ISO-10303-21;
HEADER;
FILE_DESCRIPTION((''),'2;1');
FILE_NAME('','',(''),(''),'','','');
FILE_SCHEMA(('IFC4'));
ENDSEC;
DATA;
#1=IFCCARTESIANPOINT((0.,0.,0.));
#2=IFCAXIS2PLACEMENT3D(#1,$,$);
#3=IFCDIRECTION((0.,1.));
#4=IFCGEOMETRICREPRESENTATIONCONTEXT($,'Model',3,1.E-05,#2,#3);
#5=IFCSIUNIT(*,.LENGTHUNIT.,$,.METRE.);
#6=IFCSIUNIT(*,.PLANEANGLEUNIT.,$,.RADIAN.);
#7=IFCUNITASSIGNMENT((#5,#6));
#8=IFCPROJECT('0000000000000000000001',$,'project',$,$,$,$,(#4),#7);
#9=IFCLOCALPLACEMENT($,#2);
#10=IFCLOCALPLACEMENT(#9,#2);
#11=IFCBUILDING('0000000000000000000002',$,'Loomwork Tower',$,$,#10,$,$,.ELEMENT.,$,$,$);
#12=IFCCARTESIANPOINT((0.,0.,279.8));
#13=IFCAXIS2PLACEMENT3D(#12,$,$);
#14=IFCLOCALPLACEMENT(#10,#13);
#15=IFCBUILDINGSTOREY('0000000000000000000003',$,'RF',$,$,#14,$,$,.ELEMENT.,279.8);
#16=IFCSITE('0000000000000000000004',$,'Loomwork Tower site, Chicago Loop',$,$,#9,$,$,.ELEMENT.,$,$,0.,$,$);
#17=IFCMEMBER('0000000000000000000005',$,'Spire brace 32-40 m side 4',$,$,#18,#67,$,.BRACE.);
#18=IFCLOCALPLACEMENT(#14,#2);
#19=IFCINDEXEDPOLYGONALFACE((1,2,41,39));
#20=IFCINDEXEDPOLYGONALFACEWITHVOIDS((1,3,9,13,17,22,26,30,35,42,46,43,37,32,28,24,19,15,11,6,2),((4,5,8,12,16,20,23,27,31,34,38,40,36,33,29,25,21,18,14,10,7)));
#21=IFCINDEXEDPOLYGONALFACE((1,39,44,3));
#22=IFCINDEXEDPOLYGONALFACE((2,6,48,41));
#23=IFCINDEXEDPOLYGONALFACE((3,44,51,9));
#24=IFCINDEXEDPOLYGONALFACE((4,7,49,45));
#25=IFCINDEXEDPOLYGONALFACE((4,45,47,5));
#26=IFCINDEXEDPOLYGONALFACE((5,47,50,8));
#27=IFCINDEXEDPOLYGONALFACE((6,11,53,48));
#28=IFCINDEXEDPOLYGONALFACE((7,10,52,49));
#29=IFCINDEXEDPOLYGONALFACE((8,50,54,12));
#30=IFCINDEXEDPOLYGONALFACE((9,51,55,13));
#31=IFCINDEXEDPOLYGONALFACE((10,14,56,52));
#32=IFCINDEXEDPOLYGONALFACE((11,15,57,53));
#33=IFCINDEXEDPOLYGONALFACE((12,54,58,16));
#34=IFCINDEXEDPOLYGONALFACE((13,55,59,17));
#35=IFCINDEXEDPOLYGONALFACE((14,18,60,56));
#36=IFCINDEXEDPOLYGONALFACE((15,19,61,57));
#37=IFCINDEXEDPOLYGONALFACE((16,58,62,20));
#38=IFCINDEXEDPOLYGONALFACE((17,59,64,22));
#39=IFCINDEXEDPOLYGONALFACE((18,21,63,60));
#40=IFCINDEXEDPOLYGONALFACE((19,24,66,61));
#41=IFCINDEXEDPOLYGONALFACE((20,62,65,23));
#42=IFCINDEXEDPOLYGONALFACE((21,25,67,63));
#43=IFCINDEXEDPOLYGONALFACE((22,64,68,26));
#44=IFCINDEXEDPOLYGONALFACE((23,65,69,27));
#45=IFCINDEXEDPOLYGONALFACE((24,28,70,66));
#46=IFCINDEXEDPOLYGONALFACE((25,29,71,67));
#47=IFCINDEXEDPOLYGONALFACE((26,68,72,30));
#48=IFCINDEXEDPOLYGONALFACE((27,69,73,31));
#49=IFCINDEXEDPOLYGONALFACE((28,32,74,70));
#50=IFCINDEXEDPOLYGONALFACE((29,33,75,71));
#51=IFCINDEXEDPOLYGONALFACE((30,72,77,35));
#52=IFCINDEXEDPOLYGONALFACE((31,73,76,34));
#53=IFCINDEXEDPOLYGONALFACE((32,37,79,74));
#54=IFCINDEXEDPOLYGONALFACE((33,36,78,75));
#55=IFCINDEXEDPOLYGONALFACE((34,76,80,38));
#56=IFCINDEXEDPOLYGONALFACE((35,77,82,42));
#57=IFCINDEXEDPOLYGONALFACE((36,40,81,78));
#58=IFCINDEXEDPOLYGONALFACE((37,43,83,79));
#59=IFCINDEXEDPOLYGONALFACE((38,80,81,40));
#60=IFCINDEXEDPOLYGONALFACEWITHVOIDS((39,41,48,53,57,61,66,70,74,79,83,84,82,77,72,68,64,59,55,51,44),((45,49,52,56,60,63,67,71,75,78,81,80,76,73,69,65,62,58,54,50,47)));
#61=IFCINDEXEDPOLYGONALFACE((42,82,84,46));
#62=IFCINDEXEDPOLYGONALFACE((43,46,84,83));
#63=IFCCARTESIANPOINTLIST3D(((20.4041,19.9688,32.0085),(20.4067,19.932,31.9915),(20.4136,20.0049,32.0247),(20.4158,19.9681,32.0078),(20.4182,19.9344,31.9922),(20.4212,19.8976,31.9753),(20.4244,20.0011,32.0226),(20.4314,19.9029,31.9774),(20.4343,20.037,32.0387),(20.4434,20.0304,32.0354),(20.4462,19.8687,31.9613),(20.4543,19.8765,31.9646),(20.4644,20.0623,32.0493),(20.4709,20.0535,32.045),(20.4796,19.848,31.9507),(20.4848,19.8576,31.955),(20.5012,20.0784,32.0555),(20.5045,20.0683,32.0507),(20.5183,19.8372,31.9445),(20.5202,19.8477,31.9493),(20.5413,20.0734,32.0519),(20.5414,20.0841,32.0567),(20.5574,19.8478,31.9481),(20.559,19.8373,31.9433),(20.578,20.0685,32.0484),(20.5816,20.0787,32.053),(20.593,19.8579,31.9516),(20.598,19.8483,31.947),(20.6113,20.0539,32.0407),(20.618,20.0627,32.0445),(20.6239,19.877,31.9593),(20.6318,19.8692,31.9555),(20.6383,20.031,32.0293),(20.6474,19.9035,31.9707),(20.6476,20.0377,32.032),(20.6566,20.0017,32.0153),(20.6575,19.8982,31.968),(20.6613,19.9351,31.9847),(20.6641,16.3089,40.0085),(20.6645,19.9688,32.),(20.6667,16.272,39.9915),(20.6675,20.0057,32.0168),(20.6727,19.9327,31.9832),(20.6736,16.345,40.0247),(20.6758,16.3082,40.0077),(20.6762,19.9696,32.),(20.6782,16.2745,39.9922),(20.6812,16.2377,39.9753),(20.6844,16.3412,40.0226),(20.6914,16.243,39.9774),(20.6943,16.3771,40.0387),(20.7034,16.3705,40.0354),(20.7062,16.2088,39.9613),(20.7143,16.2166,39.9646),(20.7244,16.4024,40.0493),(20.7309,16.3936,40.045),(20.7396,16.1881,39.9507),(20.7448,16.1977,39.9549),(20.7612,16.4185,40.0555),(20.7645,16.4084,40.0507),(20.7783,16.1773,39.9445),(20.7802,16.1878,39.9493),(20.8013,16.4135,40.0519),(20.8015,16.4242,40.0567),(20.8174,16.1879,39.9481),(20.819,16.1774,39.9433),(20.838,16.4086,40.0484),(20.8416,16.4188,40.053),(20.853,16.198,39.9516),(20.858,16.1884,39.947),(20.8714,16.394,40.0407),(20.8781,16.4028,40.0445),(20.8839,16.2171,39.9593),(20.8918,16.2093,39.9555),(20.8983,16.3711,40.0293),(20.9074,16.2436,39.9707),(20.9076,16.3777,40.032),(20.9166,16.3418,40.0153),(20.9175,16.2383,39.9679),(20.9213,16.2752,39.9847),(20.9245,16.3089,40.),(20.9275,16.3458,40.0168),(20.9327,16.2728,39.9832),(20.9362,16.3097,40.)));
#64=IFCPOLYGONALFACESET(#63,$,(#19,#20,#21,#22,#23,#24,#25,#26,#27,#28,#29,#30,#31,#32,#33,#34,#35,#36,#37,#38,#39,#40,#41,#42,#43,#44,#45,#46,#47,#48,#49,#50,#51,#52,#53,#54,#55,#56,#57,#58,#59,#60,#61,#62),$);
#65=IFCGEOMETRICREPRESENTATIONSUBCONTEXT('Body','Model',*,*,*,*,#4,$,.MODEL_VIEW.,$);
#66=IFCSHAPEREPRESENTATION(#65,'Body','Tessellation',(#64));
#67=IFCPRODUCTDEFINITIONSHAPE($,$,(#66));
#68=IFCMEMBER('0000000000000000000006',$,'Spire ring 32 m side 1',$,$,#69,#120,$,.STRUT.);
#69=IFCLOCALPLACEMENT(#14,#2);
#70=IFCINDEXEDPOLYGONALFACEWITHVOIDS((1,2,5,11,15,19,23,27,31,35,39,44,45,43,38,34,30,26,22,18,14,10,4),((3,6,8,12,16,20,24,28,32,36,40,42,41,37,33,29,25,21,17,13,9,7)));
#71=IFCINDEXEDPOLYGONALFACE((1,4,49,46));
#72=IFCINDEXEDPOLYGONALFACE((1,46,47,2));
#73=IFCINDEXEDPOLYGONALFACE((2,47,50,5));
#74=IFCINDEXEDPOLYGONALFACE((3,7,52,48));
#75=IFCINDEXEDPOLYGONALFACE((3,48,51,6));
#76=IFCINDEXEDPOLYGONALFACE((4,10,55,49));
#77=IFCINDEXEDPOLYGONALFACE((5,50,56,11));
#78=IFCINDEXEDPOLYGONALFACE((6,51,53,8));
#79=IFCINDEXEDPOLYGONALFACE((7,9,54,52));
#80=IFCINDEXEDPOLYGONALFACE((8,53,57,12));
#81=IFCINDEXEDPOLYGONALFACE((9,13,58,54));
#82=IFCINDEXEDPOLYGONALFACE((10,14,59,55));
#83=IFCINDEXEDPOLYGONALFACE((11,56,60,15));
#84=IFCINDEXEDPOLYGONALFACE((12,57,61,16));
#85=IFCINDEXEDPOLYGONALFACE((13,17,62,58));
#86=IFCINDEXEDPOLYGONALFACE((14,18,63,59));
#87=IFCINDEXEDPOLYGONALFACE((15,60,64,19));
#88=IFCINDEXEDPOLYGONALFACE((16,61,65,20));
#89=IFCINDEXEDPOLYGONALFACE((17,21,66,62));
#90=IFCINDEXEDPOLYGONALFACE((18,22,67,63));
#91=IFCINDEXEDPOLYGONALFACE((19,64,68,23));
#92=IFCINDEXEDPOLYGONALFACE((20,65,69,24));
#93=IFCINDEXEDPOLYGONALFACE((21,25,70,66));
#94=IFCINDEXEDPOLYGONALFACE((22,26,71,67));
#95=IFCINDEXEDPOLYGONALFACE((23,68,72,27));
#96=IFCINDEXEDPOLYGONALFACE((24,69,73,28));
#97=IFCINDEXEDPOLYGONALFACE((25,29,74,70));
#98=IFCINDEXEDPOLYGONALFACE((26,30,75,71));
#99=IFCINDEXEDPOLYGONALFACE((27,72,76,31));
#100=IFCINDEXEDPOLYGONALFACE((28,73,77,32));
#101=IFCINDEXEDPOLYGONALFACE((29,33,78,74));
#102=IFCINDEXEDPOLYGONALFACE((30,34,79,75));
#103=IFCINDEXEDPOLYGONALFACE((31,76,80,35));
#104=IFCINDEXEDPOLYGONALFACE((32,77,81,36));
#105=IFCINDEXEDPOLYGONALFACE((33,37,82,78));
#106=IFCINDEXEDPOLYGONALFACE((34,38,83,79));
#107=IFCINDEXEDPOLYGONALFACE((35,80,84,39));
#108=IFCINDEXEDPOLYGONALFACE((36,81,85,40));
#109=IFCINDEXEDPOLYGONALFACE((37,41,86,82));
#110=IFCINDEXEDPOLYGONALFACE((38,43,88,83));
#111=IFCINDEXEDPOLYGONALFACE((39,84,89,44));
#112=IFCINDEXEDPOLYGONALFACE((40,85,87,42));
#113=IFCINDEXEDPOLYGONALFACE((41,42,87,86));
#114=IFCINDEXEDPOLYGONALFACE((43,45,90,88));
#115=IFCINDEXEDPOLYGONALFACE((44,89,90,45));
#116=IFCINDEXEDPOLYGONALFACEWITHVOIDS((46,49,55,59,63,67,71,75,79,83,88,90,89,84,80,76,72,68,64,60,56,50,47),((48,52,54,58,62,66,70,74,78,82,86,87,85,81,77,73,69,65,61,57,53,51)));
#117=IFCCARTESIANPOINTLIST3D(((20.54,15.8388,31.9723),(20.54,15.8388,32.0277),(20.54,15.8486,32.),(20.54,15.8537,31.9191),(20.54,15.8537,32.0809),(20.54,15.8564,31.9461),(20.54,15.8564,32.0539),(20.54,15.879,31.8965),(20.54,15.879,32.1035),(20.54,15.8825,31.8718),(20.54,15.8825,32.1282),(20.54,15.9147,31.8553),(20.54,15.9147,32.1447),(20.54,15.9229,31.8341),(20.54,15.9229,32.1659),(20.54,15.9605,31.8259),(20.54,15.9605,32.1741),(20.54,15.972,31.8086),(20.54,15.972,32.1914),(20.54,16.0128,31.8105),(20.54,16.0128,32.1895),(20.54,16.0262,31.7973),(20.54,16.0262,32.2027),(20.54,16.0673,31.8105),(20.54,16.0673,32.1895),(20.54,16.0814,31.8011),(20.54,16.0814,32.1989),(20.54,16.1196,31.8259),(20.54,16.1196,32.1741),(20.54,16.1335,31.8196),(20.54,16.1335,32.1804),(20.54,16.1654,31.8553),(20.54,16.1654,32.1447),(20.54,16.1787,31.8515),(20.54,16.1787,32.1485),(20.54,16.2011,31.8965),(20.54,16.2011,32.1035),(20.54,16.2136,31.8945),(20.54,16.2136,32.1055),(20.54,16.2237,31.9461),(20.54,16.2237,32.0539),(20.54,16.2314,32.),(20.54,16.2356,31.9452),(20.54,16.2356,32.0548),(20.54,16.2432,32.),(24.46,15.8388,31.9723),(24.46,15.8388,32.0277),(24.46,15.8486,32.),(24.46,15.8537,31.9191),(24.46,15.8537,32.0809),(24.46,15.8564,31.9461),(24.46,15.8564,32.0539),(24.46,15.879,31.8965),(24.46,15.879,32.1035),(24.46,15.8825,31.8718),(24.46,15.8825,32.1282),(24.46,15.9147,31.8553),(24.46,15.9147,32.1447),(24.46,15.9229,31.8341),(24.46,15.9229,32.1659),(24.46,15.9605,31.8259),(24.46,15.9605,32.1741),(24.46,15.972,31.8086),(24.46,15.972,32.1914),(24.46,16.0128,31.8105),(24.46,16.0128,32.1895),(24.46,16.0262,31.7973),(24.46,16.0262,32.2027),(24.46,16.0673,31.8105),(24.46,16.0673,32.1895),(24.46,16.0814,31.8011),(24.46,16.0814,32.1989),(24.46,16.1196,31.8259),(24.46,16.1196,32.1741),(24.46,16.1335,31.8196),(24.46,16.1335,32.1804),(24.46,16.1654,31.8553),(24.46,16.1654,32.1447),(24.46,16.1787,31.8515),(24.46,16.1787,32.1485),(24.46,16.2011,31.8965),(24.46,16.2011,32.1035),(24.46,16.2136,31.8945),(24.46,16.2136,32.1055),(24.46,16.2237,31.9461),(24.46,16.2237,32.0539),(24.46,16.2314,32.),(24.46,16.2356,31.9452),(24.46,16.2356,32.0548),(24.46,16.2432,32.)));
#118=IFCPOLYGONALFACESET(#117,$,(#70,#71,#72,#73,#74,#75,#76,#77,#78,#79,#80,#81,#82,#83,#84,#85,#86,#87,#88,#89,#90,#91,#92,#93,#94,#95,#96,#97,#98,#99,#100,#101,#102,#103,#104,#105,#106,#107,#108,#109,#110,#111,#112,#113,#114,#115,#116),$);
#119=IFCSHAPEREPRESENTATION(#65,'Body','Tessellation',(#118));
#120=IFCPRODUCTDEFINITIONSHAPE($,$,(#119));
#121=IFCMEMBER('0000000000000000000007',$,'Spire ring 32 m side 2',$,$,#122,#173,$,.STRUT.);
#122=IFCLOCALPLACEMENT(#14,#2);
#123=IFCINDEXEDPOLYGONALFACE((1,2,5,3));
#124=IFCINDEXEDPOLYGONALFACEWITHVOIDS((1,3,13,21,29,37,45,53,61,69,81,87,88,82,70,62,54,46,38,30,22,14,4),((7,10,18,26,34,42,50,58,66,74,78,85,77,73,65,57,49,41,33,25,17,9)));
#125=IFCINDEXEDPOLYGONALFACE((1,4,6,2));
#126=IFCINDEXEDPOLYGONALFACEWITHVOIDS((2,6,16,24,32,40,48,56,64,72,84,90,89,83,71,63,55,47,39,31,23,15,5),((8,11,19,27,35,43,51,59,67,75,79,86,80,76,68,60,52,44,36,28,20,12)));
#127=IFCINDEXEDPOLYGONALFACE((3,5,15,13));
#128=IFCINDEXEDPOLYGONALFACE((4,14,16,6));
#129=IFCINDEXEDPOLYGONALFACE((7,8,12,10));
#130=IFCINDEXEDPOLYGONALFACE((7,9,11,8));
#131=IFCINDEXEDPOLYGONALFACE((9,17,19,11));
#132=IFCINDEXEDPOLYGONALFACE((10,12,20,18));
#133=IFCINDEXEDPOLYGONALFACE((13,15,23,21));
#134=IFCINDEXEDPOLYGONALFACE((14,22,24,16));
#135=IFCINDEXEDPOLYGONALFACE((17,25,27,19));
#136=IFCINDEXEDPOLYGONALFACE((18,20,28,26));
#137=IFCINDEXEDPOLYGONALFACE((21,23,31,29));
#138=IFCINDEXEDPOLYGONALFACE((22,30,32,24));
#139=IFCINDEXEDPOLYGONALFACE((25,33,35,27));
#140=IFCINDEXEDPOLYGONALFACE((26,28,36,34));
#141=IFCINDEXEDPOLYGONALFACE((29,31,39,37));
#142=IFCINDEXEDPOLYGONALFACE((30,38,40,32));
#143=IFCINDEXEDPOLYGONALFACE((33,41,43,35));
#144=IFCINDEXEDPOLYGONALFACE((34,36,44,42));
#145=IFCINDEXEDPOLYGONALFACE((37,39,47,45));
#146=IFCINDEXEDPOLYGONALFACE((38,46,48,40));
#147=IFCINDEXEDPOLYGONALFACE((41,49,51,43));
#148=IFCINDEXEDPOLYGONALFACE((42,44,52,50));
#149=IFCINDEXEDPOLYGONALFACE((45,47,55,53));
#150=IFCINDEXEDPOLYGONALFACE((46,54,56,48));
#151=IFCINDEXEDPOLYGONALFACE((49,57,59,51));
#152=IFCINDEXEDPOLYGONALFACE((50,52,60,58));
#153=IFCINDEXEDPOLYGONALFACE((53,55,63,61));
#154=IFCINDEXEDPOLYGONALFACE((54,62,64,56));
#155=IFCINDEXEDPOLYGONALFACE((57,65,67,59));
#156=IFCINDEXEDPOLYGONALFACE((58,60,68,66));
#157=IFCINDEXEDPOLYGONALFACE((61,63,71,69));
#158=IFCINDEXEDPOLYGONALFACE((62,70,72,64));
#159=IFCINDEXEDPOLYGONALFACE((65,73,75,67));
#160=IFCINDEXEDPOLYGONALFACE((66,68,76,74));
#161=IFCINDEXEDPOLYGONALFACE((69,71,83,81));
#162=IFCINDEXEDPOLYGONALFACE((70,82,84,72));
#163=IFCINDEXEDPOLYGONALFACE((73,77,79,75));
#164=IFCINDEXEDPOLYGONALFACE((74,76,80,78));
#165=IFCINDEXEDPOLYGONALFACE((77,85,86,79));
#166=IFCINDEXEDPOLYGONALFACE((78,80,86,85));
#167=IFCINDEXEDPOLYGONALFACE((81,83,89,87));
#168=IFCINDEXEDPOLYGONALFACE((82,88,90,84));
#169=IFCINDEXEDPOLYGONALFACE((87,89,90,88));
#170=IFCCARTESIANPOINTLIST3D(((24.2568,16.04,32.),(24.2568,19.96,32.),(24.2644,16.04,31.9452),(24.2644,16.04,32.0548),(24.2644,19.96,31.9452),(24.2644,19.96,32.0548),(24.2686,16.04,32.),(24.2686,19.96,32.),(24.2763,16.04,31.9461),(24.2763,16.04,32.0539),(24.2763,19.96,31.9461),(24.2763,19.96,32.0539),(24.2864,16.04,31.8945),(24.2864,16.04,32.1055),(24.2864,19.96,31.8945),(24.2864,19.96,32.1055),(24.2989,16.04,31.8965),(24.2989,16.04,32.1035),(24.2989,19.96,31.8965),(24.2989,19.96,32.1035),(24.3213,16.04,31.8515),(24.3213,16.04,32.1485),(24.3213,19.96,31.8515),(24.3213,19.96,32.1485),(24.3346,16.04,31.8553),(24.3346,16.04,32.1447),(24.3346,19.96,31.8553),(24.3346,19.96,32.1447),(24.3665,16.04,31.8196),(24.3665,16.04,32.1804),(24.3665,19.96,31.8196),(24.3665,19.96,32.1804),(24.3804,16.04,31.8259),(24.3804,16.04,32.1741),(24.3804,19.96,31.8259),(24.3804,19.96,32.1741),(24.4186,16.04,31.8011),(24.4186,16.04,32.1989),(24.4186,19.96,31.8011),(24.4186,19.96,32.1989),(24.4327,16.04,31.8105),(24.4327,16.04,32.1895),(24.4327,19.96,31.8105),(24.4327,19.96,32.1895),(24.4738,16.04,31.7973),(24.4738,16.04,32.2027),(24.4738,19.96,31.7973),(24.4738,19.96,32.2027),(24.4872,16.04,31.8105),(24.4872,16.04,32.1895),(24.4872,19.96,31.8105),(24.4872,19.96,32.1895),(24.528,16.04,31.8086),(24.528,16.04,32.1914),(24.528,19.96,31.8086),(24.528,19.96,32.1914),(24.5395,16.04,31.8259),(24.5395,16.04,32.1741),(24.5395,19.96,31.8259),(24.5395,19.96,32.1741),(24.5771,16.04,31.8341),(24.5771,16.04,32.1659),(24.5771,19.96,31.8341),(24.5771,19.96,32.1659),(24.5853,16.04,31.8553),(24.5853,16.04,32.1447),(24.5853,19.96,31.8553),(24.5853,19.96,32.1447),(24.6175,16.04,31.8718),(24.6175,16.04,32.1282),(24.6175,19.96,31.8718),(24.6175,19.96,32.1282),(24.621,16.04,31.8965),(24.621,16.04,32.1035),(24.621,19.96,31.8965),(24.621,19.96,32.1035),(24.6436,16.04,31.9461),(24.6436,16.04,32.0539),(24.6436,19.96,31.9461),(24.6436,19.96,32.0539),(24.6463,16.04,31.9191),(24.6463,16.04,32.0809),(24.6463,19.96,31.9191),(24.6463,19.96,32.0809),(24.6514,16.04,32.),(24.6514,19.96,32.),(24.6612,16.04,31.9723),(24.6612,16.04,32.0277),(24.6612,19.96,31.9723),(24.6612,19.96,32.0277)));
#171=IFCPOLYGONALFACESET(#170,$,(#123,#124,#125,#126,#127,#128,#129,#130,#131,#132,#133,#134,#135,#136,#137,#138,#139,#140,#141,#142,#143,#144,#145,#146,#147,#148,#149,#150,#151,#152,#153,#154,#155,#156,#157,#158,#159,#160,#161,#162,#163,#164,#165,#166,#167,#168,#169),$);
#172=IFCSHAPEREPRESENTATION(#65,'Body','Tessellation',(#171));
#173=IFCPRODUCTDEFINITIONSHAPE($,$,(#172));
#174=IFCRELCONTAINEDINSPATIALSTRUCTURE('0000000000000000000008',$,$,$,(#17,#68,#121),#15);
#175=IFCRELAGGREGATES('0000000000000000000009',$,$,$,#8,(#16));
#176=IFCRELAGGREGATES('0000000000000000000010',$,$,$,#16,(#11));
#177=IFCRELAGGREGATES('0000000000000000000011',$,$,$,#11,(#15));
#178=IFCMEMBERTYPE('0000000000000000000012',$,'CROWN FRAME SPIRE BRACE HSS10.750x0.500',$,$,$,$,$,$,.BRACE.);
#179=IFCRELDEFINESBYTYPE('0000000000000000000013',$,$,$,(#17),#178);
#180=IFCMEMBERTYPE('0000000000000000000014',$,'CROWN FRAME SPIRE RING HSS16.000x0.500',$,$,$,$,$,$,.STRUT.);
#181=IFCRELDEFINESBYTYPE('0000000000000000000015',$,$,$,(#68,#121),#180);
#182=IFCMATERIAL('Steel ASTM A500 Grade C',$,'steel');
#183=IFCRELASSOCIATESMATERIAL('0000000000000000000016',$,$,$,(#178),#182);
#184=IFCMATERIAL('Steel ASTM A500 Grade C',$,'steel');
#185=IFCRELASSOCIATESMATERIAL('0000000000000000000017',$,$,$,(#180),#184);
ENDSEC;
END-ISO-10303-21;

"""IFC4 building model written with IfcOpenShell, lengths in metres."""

from ifc_helpers import new_model, si_unit, direction, frame, origin, origin_2d, place, context, subcontext, project, spatial, hollow_circle, extrude, material, material_profile, profile_set, type_object, element, save


model = new_model("IFC4")

# Units and contexts
model_context = context("Model", 3, precision=1e-05, world=origin(), true_north=direction((0.0, 1.0)))
body_context = subcontext(model_context, "Body", "Model", "MODEL_VIEW")
ifc_project = project(units=[si_unit("LENGTHUNIT", "METRE"), si_unit("PLANEANGLEUNIT", "RADIAN")], contexts=[model_context])

# Site, building, storey
site_placement = place(None, origin())
site = spatial("IfcSite", under=ifc_project, at=site_placement, Name="Loomwork Tower site, Chicago Loop", CompositionType="ELEMENT", RefElevation=0.0)
building_placement = place(site_placement, origin())
building = spatial("IfcBuilding", under=site, at=building_placement, Name="Loomwork Tower", CompositionType="ELEMENT")
storey_placement = place(building_placement, frame((0.0, 0.0, 279.8)))
storey = spatial("IfcBuildingStorey", under=building, at=storey_placement, Name="RF", CompositionType="ELEMENT", Elevation=279.8)

# Members
ifc_material_1 = material(Name="Steel ASTM A500 Grade C", Category="steel")
ifc_material_profile_1 = material_profile(ifc_material_1, hollow_circle(Radius=0.1365, WallThickness=0.0117, at=origin_2d()), Name="HSS10.750x0.500")
ifc_profile_set_1 = profile_set([ifc_material_profile_1], Name="Steel ASTM A500 Grade C")
member_type_1 = type_object("IfcMemberType", Name="CROWN FRAME SPIRE BRACE HSS10.750x0.500", PredefinedType="BRACE", material=ifc_profile_set_1)
for number, where, z_axis, x_axis, name in (
    (1, (20.54, 19.96, 32.0), (0.029542, -0.415839, 0.908959), (0.997486, 0.070864, 0.0), "Spire brace 32-40 m side 4"),
):
    element("IfcMember", number, at=place(storey_placement, frame(where, z_axis=z_axis, x_axis=x_axis)), inside=storey, type_object=member_type_1, Name=name, PredefinedType="BRACE", context=body_context, shape_type="SweptSolid", body=[
        extrude(hollow_circle(Radius=0.1365, WallThickness=0.0117, at=origin_2d()), origin(), (0.0, 0.0, 1.0), 8.8013),
    ])
ifc_material_2 = material(Name="Steel ASTM A500 Grade C", Category="steel")
ifc_material_profile_2 = material_profile(ifc_material_2, hollow_circle(Radius=0.2031, WallThickness=0.0117, at=origin_2d()), Name="HSS16.000x0.500")
ifc_profile_set_2 = profile_set([ifc_material_profile_2], Name="Steel ASTM A500 Grade C")
member_type_2 = type_object("IfcMemberType", Name="CROWN FRAME SPIRE RING HSS16.000x0.500", PredefinedType="STRUT", material=ifc_profile_set_2)
for number, where, z_axis, x_axis, name in (
    (2, (20.54, 16.04, 32.0), (1.0, 0.0, 0.0), (0.0, 1.0, 0.0), "Spire ring 32 m side 1"),
    (3, (24.46, 16.04, 32.0), (0.0, 1.0, 0.0), (-1.0, 0.0, 0.0), "Spire ring 32 m side 2"),
):
    element("IfcMember", number, at=place(storey_placement, frame(where, z_axis=z_axis, x_axis=x_axis)), inside=storey, type_object=member_type_2, Name=name, PredefinedType="STRUT", context=body_context, shape_type="SweptSolid", body=[
        extrude(hollow_circle(Radius=0.2031, WallThickness=0.0117, at=origin_2d()), origin(), (0.0, 0.0, 1.0), 3.9199),
    ])

save(model, "model.ifc")
